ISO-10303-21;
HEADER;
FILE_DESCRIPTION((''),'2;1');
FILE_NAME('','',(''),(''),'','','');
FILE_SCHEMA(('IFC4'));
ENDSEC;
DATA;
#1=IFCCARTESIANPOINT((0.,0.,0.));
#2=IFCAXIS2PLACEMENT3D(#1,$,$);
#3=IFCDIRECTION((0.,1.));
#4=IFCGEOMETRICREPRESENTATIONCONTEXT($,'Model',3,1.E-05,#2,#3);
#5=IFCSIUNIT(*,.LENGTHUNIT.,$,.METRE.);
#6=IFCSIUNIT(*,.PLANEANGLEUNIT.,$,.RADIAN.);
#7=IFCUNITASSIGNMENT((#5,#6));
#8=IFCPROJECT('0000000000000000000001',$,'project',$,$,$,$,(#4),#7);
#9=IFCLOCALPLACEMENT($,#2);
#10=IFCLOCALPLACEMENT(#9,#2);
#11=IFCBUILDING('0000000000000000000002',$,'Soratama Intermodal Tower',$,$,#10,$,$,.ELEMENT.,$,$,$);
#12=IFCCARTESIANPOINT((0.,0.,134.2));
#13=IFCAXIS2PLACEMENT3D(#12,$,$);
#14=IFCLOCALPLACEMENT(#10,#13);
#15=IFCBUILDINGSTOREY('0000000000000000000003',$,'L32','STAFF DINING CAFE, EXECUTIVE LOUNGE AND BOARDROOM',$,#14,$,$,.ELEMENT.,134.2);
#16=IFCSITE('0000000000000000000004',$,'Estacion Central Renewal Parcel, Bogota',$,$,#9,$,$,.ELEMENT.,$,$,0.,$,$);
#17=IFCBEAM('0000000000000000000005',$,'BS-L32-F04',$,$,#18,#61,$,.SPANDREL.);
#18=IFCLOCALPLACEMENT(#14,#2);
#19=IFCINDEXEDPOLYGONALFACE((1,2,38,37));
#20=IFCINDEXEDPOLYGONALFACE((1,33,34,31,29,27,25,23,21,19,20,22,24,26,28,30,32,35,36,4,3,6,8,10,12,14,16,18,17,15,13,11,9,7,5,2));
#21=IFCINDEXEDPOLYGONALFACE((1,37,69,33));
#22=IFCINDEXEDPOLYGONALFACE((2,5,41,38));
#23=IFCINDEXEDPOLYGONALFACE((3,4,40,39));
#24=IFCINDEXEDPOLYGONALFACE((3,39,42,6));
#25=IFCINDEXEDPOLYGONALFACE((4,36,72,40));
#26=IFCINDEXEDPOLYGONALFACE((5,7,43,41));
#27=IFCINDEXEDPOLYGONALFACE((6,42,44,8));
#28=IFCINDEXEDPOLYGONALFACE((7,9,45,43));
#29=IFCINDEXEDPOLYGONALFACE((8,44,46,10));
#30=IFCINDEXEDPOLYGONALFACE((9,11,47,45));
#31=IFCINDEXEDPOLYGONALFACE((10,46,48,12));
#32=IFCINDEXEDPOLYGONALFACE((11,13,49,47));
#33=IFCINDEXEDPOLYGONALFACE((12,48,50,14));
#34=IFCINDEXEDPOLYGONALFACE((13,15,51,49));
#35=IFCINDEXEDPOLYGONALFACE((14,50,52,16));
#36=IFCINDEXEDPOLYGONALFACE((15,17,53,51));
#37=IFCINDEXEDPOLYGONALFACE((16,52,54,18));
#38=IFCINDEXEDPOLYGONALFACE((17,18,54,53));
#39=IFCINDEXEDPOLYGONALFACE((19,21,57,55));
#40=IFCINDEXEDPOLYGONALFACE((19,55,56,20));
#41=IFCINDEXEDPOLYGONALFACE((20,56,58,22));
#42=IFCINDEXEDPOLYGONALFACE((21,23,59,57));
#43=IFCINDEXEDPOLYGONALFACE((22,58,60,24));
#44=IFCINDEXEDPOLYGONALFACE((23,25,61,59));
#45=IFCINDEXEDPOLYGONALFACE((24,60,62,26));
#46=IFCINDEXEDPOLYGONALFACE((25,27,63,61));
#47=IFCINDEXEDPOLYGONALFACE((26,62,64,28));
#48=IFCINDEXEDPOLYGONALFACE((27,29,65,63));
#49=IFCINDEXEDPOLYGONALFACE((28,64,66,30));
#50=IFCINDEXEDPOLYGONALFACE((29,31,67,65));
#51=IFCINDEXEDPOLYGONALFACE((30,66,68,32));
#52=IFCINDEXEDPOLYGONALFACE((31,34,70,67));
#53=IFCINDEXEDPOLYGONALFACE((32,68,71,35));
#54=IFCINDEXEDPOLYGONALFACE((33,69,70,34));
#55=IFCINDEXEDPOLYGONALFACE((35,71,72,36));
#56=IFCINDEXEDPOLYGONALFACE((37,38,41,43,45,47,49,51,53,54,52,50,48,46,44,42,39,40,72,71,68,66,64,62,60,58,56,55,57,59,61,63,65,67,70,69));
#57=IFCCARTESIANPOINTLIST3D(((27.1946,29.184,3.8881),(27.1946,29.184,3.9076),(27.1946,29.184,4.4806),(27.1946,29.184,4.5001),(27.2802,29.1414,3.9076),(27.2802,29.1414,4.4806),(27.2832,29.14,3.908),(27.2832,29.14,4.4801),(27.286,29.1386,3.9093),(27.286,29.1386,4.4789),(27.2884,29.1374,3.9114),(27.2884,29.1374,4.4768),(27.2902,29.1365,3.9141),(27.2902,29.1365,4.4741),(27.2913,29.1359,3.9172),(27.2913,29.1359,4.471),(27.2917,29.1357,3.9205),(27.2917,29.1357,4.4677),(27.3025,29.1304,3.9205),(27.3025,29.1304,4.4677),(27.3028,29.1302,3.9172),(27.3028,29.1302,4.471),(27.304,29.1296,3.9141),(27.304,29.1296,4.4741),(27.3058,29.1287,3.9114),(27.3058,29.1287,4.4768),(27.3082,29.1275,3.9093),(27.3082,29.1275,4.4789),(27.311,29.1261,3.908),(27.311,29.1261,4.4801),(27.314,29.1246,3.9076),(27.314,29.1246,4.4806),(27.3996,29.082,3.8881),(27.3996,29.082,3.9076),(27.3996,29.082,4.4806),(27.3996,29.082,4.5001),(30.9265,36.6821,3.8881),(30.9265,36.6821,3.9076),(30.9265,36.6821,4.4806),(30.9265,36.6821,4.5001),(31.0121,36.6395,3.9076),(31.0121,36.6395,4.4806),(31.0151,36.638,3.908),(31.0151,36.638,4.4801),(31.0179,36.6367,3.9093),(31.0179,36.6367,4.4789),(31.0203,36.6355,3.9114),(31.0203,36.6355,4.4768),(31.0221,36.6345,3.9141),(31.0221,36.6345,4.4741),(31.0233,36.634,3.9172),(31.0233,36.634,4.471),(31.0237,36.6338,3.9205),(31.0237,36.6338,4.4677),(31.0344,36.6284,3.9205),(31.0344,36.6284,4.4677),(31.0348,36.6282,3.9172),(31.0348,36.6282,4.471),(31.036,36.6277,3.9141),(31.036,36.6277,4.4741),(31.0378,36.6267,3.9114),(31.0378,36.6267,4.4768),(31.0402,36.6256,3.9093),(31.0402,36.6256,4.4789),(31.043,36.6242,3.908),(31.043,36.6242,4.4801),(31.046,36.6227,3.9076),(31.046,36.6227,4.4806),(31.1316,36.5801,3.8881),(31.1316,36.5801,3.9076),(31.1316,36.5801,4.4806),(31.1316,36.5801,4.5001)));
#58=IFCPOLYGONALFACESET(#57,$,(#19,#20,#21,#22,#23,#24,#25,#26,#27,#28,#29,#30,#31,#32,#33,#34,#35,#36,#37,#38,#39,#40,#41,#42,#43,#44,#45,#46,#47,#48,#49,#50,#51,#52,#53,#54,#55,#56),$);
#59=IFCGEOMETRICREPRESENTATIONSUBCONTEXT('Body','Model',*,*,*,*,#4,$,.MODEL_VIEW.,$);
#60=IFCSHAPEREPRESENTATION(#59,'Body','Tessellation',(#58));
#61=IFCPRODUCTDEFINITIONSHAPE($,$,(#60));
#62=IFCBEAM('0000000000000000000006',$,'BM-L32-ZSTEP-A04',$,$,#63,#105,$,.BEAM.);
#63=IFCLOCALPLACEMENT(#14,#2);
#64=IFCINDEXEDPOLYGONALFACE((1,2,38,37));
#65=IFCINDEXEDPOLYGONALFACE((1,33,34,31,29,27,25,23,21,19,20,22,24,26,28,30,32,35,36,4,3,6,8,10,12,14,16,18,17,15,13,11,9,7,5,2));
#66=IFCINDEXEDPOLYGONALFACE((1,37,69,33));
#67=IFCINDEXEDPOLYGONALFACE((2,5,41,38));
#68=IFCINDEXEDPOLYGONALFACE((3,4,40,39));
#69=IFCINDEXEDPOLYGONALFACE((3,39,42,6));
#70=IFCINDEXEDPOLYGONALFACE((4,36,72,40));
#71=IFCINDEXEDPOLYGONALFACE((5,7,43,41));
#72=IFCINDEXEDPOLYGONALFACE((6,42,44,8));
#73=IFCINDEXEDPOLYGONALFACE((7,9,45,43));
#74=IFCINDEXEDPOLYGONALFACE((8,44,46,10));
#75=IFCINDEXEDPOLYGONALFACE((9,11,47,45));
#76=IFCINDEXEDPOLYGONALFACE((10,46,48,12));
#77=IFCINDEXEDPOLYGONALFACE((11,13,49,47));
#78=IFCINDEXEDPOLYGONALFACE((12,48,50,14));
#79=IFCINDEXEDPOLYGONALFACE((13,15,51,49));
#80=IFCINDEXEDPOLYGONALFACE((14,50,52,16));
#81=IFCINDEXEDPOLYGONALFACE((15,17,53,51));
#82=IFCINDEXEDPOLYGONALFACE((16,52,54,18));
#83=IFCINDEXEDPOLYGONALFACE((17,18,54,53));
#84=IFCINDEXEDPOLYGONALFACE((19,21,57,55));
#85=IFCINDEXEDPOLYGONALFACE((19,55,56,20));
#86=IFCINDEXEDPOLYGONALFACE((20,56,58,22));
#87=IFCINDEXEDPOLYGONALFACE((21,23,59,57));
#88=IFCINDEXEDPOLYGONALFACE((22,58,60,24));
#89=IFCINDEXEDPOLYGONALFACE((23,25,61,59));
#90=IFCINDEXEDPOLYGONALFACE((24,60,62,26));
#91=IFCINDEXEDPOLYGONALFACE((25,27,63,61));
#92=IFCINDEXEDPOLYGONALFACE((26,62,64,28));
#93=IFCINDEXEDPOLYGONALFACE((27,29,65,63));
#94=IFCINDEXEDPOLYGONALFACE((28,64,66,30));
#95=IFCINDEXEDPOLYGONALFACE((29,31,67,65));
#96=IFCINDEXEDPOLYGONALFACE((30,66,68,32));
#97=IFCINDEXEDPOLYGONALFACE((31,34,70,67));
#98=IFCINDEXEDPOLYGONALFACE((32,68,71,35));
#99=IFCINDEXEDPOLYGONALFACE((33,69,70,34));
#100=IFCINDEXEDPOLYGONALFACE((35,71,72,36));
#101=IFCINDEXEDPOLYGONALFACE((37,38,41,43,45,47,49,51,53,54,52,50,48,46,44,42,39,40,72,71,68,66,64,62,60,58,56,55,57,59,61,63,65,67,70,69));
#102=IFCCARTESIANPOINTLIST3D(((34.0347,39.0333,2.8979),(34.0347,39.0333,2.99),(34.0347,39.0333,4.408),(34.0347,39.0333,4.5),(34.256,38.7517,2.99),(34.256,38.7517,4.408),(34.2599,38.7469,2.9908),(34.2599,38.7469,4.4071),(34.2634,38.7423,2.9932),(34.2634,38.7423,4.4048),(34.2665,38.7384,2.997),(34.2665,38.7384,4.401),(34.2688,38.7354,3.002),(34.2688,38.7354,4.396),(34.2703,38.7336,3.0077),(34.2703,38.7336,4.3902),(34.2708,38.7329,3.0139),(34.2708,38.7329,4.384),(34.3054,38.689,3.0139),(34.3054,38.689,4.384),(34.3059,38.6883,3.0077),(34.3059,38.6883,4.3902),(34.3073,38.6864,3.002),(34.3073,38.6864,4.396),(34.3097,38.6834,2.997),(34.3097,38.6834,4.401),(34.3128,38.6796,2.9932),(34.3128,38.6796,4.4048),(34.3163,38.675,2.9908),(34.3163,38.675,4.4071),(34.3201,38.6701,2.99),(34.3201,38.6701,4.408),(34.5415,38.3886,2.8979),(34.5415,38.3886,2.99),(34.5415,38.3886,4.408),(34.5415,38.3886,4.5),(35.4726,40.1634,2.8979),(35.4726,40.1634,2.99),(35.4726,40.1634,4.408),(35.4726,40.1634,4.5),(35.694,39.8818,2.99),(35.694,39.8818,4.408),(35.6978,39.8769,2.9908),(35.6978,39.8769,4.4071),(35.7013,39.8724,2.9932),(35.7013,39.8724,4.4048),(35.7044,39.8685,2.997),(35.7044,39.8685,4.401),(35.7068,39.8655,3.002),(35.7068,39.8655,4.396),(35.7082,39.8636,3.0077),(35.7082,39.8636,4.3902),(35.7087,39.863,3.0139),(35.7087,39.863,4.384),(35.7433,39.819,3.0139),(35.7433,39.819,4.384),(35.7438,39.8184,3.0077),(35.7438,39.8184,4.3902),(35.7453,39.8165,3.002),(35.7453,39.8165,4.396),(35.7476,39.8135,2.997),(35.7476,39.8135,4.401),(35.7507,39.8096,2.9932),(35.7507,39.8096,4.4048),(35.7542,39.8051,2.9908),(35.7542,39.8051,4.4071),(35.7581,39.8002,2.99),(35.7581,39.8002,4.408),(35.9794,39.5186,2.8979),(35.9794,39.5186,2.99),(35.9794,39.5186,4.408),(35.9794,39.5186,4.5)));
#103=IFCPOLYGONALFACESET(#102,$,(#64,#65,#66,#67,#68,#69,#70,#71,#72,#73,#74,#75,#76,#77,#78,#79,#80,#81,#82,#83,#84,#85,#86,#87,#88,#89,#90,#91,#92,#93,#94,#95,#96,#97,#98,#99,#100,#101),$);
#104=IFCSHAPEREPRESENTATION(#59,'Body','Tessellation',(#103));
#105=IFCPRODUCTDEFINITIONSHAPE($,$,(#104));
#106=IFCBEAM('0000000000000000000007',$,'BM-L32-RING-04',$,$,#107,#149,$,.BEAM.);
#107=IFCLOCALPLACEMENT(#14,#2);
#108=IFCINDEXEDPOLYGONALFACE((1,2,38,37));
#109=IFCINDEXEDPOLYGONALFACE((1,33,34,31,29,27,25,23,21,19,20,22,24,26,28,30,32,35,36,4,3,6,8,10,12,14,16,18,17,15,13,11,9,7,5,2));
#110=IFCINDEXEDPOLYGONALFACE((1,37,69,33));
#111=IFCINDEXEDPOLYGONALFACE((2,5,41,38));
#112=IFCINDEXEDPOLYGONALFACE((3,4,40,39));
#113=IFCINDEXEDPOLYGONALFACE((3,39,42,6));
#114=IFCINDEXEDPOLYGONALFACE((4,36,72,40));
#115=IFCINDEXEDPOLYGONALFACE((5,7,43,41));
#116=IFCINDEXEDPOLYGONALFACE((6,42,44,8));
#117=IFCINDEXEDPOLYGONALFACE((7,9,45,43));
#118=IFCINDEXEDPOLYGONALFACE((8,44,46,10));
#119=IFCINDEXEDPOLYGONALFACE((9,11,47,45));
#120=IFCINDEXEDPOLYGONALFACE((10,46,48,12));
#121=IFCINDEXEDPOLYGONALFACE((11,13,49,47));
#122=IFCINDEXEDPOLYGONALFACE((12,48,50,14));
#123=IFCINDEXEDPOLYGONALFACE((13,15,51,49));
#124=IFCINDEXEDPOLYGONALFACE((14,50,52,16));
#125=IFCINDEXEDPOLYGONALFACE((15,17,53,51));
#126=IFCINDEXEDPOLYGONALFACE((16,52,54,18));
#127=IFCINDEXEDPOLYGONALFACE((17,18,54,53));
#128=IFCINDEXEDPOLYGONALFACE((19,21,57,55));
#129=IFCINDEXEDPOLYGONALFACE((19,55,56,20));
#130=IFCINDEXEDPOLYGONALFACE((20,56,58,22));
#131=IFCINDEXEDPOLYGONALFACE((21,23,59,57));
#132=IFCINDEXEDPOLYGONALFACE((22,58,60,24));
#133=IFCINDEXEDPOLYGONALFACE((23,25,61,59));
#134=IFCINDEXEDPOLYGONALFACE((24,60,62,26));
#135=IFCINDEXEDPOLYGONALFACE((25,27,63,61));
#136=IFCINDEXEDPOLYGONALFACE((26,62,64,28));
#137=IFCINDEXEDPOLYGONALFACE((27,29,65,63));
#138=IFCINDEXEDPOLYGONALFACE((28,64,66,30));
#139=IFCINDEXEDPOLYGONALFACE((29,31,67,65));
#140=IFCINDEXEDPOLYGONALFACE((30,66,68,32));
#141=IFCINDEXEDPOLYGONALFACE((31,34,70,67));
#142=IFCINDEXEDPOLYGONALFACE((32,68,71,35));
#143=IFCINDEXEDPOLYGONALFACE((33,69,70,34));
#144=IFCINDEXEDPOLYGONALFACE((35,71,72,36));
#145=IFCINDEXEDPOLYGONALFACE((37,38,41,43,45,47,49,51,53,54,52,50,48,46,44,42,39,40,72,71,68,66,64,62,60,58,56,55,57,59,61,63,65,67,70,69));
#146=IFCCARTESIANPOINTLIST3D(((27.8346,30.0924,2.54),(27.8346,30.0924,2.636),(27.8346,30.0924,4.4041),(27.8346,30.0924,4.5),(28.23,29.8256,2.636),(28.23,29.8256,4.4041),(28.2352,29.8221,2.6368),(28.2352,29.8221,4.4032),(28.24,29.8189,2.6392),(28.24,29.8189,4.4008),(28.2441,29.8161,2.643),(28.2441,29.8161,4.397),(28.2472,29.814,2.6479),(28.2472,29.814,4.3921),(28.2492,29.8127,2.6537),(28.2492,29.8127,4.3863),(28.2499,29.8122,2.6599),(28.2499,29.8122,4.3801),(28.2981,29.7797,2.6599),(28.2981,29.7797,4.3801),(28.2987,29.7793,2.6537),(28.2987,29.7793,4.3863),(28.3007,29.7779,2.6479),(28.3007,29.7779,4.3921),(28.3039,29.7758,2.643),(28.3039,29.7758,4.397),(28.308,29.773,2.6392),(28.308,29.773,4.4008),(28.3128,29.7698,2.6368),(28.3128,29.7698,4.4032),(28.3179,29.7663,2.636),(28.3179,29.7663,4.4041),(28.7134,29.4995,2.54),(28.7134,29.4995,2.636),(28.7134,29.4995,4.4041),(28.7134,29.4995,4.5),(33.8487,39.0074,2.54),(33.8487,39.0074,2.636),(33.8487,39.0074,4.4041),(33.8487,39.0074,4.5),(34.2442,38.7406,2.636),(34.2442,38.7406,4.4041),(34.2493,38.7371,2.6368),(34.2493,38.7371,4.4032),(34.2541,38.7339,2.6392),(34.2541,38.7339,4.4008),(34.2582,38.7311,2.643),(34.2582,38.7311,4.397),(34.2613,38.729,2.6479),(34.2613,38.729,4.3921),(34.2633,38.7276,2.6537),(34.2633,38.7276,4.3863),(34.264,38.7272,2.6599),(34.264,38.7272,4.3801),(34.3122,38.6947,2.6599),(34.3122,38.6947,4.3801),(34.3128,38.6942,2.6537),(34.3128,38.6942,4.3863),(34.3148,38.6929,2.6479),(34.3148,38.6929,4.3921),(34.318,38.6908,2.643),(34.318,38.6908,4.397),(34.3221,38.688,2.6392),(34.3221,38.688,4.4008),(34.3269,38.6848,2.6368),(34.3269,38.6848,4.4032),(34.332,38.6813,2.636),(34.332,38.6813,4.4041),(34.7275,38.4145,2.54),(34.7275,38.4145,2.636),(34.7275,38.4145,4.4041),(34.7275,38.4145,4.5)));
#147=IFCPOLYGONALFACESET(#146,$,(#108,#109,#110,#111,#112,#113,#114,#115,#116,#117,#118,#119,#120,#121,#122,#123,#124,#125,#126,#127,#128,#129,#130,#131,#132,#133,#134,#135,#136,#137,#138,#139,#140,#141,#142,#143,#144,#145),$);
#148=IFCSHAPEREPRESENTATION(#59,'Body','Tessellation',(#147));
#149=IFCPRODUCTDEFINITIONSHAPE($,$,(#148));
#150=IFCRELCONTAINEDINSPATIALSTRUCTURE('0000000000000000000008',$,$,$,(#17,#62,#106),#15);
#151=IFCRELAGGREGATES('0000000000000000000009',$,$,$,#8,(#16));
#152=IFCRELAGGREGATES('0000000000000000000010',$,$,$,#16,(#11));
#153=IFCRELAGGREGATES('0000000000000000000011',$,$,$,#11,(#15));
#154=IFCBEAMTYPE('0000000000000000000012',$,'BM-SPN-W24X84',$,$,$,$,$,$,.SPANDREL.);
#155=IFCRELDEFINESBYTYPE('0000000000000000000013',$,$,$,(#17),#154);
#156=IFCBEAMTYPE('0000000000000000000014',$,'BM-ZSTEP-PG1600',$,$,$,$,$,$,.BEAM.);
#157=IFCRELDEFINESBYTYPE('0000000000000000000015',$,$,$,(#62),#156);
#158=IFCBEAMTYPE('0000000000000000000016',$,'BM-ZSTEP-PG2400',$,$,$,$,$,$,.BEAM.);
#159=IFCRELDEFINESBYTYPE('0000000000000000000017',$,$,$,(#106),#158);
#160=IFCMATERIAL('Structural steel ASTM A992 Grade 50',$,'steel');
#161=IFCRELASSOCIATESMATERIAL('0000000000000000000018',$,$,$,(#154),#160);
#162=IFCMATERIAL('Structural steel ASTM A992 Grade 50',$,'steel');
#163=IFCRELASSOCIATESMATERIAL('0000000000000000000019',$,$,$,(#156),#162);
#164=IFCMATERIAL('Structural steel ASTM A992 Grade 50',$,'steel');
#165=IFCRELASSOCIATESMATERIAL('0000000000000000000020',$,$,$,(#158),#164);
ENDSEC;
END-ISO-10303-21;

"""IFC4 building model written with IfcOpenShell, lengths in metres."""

from ifc_helpers import new_model, si_unit, direction, frame, origin, origin_2d, place, context, subcontext, project, spatial, i_section, extrude, material, material_profile, profile_set, type_object, element, save


model = new_model("IFC4")

# Units and contexts
model_context = context("Model", 3, precision=1e-05, world=origin(), true_north=direction((0.0, 1.0)))
body_context = subcontext(model_context, "Body", "Model", "MODEL_VIEW")
ifc_project = project(units=[si_unit("LENGTHUNIT", "METRE"), si_unit("PLANEANGLEUNIT", "RADIAN")], contexts=[model_context])

# Site, building, storey
site_placement = place(None, origin())
site = spatial("IfcSite", under=ifc_project, at=site_placement, Name="Estacion Central Renewal Parcel, Bogota", CompositionType="ELEMENT", RefElevation=0.0)
building_placement = place(site_placement, origin())
building = spatial("IfcBuilding", under=site, at=building_placement, Name="Soratama Intermodal Tower", CompositionType="ELEMENT")
storey_placement = place(building_placement, frame((0.0, 0.0, 134.2)))
storey = spatial("IfcBuildingStorey", under=building, at=storey_placement, Name="L32", Description="STAFF DINING CAFE, EXECUTIVE LOUNGE AND BOARDROOM", CompositionType="ELEMENT", Elevation=134.2)

# Beams
ifc_material_1 = material(Name="Structural steel ASTM A992 Grade 50", Category="steel")
ifc_material_profile_1 = material_profile(ifc_material_1, i_section(OverallWidth=0.229, OverallDepth=0.6121, WebThickness=0.012, FlangeThickness=0.0195, FilletRadius=0.0129, at=origin_2d()), Name="W24X84")
ifc_profile_set_1 = profile_set([ifc_material_profile_1], Name="Structural steel ASTM A992 Grade 50")
beam_type_1 = type_object("IfcBeamType", Name="BM-SPN-W24X84", PredefinedType="SPANDREL", material=ifc_profile_set_1)
beam_1_placement = place(storey_placement, frame((31.0291, 36.6311, 4.1941), z_axis=(-0.44558, -0.895242, 0.0), x_axis=(0.895242, -0.44558, 0.0)))
element("IfcBeam", 1, at=beam_1_placement, inside=storey, type_object=beam_type_1, Name="BS-L32-F04", PredefinedType="SPANDREL", context=body_context, shape_type="SweptSolid", body=[
    extrude(i_section(OverallWidth=0.229, OverallDepth=0.6121, WebThickness=0.012, FlangeThickness=0.0195, FilletRadius=0.0129, at=origin_2d()), origin(), (0.0, 0.0, 1.0), 8.3755),
])
ifc_material_2 = material(Name="Structural steel ASTM A992 Grade 50", Category="steel")
ifc_material_profile_2 = material_profile(ifc_material_2, i_section(OverallWidth=0.8201, OverallDepth=1.6021, WebThickness=0.0559, FlangeThickness=0.092, FilletRadius=0.0239, at=origin_2d()), Name="PG1600X650")
ifc_profile_set_2 = profile_set([ifc_material_profile_2], Name="Structural steel ASTM A992 Grade 50")
beam_type_2 = type_object("IfcBeamType", Name="BM-ZSTEP-PG1600", PredefinedType="BEAM", material=ifc_profile_set_2)
beam_2_placement = place(storey_placement, frame((34.2881, 38.7109, 3.699), z_axis=(0.786244, 0.617916, 0.0), x_axis=(-0.617916, 0.786244, 0.0)))
element("IfcBeam", 2, at=beam_2_placement, inside=storey, type_object=beam_type_2, Name="BM-L32-ZSTEP-A04", PredefinedType="BEAM", context=body_context, shape_type="SweptSolid", body=[
    extrude(i_section(OverallWidth=0.8201, OverallDepth=1.6021, WebThickness=0.0559, FlangeThickness=0.092, FilletRadius=0.0239, at=origin_2d()), origin(), (0.0, 0.0, 1.0), 1.8289),
])
ifc_material_3 = material(Name="Structural steel ASTM A992 Grade 50", Category="steel")
ifc_material_profile_3 = material_profile(ifc_material_3, i_section(OverallWidth=1.0601, OverallDepth=1.96, WebThickness=0.0581, FlangeThickness=0.0959, FilletRadius=0.0239, at=origin_2d()), Name="PG2400X900")
ifc_profile_set_3 = profile_set([ifc_material_profile_3], Name="Structural steel ASTM A992 Grade 50")
beam_type_3 = type_object("IfcBeamType", Name="BM-ZSTEP-PG2400", PredefinedType="BEAM", material=ifc_profile_set_3)
beam_3_placement = place(storey_placement, frame((34.2881, 38.7109, 3.52), z_axis=(-0.55925, -0.828999, 0.0), x_axis=(0.828999, -0.55925, 0.0)))
element("IfcBeam", 3, at=beam_3_placement, inside=storey, type_object=beam_type_3, Name="BM-L32-RING-04", PredefinedType="BEAM", context=body_context, shape_type="SweptSolid", body=[
    extrude(i_section(OverallWidth=1.0601, OverallDepth=1.96, WebThickness=0.0581, FlangeThickness=0.0959, FilletRadius=0.0239, at=origin_2d()), origin(), (0.0, 0.0, 1.0), 10.7539),
])

save(model, "model.ifc")
